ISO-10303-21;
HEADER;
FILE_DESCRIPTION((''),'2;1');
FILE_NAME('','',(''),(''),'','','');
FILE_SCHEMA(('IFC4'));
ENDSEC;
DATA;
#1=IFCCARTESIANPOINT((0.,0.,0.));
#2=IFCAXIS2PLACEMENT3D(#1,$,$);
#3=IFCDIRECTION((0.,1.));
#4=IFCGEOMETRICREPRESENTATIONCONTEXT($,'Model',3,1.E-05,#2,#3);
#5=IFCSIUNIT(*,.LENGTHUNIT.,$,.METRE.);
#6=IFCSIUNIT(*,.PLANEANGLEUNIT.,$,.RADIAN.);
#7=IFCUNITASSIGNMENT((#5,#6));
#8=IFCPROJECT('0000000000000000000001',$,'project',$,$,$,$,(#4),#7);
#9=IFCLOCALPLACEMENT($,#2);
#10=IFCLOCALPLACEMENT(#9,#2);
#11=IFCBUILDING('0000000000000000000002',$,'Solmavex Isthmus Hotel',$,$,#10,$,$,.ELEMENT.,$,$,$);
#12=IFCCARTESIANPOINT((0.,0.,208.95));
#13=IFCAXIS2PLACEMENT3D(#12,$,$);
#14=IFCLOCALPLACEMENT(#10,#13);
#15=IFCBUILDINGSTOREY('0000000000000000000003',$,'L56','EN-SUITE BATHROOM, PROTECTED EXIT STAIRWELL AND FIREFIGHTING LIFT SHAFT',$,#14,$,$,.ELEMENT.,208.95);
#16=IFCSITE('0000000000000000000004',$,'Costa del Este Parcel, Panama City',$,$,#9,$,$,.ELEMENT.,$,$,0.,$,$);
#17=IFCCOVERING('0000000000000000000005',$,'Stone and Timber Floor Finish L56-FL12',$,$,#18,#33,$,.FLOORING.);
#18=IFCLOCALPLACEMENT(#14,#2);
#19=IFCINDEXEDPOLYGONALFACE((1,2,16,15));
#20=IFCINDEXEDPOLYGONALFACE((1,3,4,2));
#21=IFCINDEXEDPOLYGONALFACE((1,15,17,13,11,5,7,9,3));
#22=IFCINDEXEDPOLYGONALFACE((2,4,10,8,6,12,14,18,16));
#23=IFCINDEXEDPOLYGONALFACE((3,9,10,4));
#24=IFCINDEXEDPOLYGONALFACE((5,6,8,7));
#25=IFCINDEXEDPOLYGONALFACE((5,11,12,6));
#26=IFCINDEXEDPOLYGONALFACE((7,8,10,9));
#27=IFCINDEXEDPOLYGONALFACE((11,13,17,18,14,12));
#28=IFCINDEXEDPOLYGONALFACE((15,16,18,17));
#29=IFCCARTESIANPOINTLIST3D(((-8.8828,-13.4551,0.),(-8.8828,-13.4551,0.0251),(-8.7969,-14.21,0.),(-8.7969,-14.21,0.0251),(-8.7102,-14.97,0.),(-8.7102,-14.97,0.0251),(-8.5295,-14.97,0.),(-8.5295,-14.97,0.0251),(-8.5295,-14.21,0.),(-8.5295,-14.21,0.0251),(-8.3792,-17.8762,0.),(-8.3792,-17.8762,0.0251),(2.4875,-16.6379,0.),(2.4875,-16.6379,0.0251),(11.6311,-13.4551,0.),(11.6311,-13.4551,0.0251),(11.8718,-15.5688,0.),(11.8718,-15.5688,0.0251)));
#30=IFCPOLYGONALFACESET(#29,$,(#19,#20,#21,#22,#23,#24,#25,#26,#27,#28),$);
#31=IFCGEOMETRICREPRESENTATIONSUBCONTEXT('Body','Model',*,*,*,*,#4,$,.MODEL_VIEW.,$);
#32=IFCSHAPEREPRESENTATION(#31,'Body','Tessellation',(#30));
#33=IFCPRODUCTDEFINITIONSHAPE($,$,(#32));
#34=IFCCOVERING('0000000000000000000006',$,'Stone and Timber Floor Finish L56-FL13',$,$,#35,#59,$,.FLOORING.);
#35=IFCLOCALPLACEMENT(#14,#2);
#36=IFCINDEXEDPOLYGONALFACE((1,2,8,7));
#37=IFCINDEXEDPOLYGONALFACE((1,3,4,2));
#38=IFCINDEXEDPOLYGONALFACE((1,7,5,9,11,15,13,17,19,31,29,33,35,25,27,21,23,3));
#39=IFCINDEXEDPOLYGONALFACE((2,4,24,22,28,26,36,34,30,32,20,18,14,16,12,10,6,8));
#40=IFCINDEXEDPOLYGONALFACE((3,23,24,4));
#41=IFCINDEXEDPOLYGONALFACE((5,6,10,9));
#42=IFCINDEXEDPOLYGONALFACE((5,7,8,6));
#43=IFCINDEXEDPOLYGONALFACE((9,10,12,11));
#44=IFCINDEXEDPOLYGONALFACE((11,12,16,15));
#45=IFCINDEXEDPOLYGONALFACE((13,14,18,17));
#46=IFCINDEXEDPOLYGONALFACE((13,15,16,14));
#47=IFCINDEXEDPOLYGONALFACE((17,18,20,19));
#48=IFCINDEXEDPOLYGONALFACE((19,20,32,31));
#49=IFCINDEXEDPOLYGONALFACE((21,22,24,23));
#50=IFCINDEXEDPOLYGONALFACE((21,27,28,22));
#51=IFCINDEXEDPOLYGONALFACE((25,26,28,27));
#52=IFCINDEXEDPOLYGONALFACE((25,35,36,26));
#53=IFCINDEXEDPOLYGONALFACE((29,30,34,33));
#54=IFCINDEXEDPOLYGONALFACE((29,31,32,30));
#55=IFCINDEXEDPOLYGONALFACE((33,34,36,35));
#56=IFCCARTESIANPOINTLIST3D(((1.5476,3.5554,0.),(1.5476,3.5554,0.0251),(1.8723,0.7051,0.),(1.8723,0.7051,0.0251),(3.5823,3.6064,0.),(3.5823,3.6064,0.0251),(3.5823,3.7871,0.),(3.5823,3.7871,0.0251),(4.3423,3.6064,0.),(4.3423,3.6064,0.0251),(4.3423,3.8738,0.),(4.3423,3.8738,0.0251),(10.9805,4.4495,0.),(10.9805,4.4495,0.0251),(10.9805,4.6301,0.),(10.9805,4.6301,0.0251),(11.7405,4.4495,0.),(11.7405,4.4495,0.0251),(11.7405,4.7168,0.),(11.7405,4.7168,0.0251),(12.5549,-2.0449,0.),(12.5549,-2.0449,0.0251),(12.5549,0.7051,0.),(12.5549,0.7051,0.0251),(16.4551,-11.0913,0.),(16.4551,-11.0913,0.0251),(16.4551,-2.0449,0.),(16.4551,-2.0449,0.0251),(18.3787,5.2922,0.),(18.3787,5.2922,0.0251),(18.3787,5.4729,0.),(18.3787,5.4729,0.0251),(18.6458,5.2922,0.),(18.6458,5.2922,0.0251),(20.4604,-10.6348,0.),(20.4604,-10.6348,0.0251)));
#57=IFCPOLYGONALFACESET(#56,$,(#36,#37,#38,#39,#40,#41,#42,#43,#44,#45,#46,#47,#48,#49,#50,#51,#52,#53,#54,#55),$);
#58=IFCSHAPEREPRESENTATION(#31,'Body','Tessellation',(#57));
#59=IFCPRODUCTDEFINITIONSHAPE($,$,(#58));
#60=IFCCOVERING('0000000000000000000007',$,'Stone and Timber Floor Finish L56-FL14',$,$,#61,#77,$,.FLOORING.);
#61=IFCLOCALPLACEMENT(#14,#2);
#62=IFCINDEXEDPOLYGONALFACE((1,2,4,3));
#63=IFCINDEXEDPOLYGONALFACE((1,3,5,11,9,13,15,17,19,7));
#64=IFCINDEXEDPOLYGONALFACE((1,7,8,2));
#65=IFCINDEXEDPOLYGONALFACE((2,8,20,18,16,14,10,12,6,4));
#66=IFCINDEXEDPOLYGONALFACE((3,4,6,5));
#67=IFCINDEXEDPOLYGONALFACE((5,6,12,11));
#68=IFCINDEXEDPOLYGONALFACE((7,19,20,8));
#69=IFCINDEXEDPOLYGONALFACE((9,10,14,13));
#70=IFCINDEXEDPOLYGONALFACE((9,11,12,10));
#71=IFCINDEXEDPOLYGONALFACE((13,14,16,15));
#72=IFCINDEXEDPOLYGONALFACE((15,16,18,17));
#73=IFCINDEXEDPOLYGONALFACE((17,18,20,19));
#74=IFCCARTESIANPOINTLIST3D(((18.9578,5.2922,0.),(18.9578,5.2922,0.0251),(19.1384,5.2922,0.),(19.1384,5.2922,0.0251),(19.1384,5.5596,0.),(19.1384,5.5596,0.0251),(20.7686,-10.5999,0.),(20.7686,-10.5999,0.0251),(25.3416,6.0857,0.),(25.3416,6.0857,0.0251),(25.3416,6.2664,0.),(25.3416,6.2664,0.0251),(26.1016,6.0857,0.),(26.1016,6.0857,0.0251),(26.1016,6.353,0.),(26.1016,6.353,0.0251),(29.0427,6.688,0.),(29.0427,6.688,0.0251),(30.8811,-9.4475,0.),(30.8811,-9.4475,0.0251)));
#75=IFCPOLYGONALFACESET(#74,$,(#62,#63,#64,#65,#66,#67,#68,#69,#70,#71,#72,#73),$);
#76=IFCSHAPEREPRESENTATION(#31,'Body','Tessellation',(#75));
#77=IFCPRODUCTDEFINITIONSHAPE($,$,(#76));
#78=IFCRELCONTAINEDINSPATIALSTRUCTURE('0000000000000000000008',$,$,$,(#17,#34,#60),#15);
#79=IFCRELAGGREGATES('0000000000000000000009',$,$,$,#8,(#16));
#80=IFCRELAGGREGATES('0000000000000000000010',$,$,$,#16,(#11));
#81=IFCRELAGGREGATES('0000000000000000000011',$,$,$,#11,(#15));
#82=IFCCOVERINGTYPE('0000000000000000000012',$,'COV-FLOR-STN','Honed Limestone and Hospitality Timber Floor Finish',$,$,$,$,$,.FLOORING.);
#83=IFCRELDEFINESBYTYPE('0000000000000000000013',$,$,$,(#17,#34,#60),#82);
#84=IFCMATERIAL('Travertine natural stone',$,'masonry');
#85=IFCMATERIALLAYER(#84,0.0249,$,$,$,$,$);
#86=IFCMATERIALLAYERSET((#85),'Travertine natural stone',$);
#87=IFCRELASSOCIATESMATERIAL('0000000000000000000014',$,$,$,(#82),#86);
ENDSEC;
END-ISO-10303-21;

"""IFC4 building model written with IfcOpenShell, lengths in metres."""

from ifc_helpers import new_model, si_unit, direction, frame, origin, place, context, subcontext, project, spatial, polyline, outline, extrude, material, layer, layer_set, type_object, element, save


model = new_model("IFC4")

# Units and contexts
model_context = context("Model", 3, precision=1e-05, world=origin(), true_north=direction((0.0, 1.0)))
body_context = subcontext(model_context, "Body", "Model", "MODEL_VIEW")
ifc_project = project(units=[si_unit("LENGTHUNIT", "METRE"), si_unit("PLANEANGLEUNIT", "RADIAN")], contexts=[model_context])

# Site, building, storey
site_placement = place(None, origin())
site = spatial("IfcSite", under=ifc_project, at=site_placement, Name="Costa del Este Parcel, Panama City", CompositionType="ELEMENT", RefElevation=0.0)
building_placement = place(site_placement, origin())
building = spatial("IfcBuilding", under=site, at=building_placement, Name="Solmavex Isthmus Hotel", CompositionType="ELEMENT")
storey_placement = place(building_placement, frame((0.0, 0.0, 208.95)))
storey = spatial("IfcBuildingStorey", under=building, at=storey_placement, Name="L56", Description="EN-SUITE BATHROOM, PROTECTED EXIT STAIRWELL AND FIREFIGHTING LIFT SHAFT", CompositionType="ELEMENT", Elevation=208.95)

# Coverings
ifc_material_1 = material(Name="Travertine natural stone", Category="masonry")
ifc_layer_1 = layer(ifc_material_1, 0.0249)
ifc_layer_set_1 = layer_set([ifc_layer_1], Name="Travertine natural stone")
covering_type_1 = type_object("IfcCoveringType", Name="COV-FLOR-STN", Description="Honed Limestone and Hospitality Timber Floor Finish", PredefinedType="FLOORING", material=ifc_layer_set_1)
covering_1_placement = place(storey_placement, origin())
element("IfcCovering", 1, at=covering_1_placement, inside=storey, type_object=covering_type_1, Name="Stone and Timber Floor Finish L56-FL12", PredefinedType="FLOORING", context=body_context, shape_type="SweptSolid", body=[
    extrude(outline(polyline([(-8.7969, -14.21), (-8.5295, -14.21), (-8.5295, -14.97), (-8.7102, -14.97), (-8.3792, -17.8762), (2.4875, -16.6379), (11.8718, -15.5688), (11.6311, -13.4551), (-8.8828, -13.4551), (-8.7969, -14.21)])), origin(), (0.0, 0.0, 1.0), 0.0251),
])
covering_2_placement = place(storey_placement, origin())
element("IfcCovering", 2, at=covering_2_placement, inside=storey, type_object=covering_type_1, Name="Stone and Timber Floor Finish L56-FL13", PredefinedType="FLOORING", context=body_context, shape_type="SweptSolid", body=[
    extrude(outline(polyline([(4.3423, 3.8738), (4.3423, 3.6064), (3.5823, 3.6064), (3.5823, 3.7871), (1.5476, 3.5554), (1.8723, 0.7051), (12.5549, 0.7051), (12.5549, -2.0449), (16.4551, -2.0449), (16.4551, -11.0913), (20.4604, -10.6348), (18.6458, 5.2922), (18.3787, 5.2922), (18.3787, 5.4729), (11.7405, 4.7168), (11.7405, 4.4495), (10.9805, 4.4495), (10.9805, 4.6301), (4.3423, 3.8738)])), origin(), (0.0, 0.0, 1.0), 0.0251),
])
covering_3_placement = place(storey_placement, origin())
element("IfcCovering", 3, at=covering_3_placement, inside=storey, type_object=covering_type_1, Name="Stone and Timber Floor Finish L56-FL14", PredefinedType="FLOORING", context=body_context, shape_type="SweptSolid", body=[
    extrude(outline(polyline([(19.1384, 5.5596), (19.1384, 5.2922), (18.9578, 5.2922), (20.7686, -10.5999), (30.8811, -9.4475), (29.0427, 6.688), (26.1016, 6.353), (26.1016, 6.0857), (25.3416, 6.0857), (25.3416, 6.2664), (19.1384, 5.5596)])), origin(), (0.0, 0.0, 1.0), 0.0251),
])

save(model, "model.ifc")
